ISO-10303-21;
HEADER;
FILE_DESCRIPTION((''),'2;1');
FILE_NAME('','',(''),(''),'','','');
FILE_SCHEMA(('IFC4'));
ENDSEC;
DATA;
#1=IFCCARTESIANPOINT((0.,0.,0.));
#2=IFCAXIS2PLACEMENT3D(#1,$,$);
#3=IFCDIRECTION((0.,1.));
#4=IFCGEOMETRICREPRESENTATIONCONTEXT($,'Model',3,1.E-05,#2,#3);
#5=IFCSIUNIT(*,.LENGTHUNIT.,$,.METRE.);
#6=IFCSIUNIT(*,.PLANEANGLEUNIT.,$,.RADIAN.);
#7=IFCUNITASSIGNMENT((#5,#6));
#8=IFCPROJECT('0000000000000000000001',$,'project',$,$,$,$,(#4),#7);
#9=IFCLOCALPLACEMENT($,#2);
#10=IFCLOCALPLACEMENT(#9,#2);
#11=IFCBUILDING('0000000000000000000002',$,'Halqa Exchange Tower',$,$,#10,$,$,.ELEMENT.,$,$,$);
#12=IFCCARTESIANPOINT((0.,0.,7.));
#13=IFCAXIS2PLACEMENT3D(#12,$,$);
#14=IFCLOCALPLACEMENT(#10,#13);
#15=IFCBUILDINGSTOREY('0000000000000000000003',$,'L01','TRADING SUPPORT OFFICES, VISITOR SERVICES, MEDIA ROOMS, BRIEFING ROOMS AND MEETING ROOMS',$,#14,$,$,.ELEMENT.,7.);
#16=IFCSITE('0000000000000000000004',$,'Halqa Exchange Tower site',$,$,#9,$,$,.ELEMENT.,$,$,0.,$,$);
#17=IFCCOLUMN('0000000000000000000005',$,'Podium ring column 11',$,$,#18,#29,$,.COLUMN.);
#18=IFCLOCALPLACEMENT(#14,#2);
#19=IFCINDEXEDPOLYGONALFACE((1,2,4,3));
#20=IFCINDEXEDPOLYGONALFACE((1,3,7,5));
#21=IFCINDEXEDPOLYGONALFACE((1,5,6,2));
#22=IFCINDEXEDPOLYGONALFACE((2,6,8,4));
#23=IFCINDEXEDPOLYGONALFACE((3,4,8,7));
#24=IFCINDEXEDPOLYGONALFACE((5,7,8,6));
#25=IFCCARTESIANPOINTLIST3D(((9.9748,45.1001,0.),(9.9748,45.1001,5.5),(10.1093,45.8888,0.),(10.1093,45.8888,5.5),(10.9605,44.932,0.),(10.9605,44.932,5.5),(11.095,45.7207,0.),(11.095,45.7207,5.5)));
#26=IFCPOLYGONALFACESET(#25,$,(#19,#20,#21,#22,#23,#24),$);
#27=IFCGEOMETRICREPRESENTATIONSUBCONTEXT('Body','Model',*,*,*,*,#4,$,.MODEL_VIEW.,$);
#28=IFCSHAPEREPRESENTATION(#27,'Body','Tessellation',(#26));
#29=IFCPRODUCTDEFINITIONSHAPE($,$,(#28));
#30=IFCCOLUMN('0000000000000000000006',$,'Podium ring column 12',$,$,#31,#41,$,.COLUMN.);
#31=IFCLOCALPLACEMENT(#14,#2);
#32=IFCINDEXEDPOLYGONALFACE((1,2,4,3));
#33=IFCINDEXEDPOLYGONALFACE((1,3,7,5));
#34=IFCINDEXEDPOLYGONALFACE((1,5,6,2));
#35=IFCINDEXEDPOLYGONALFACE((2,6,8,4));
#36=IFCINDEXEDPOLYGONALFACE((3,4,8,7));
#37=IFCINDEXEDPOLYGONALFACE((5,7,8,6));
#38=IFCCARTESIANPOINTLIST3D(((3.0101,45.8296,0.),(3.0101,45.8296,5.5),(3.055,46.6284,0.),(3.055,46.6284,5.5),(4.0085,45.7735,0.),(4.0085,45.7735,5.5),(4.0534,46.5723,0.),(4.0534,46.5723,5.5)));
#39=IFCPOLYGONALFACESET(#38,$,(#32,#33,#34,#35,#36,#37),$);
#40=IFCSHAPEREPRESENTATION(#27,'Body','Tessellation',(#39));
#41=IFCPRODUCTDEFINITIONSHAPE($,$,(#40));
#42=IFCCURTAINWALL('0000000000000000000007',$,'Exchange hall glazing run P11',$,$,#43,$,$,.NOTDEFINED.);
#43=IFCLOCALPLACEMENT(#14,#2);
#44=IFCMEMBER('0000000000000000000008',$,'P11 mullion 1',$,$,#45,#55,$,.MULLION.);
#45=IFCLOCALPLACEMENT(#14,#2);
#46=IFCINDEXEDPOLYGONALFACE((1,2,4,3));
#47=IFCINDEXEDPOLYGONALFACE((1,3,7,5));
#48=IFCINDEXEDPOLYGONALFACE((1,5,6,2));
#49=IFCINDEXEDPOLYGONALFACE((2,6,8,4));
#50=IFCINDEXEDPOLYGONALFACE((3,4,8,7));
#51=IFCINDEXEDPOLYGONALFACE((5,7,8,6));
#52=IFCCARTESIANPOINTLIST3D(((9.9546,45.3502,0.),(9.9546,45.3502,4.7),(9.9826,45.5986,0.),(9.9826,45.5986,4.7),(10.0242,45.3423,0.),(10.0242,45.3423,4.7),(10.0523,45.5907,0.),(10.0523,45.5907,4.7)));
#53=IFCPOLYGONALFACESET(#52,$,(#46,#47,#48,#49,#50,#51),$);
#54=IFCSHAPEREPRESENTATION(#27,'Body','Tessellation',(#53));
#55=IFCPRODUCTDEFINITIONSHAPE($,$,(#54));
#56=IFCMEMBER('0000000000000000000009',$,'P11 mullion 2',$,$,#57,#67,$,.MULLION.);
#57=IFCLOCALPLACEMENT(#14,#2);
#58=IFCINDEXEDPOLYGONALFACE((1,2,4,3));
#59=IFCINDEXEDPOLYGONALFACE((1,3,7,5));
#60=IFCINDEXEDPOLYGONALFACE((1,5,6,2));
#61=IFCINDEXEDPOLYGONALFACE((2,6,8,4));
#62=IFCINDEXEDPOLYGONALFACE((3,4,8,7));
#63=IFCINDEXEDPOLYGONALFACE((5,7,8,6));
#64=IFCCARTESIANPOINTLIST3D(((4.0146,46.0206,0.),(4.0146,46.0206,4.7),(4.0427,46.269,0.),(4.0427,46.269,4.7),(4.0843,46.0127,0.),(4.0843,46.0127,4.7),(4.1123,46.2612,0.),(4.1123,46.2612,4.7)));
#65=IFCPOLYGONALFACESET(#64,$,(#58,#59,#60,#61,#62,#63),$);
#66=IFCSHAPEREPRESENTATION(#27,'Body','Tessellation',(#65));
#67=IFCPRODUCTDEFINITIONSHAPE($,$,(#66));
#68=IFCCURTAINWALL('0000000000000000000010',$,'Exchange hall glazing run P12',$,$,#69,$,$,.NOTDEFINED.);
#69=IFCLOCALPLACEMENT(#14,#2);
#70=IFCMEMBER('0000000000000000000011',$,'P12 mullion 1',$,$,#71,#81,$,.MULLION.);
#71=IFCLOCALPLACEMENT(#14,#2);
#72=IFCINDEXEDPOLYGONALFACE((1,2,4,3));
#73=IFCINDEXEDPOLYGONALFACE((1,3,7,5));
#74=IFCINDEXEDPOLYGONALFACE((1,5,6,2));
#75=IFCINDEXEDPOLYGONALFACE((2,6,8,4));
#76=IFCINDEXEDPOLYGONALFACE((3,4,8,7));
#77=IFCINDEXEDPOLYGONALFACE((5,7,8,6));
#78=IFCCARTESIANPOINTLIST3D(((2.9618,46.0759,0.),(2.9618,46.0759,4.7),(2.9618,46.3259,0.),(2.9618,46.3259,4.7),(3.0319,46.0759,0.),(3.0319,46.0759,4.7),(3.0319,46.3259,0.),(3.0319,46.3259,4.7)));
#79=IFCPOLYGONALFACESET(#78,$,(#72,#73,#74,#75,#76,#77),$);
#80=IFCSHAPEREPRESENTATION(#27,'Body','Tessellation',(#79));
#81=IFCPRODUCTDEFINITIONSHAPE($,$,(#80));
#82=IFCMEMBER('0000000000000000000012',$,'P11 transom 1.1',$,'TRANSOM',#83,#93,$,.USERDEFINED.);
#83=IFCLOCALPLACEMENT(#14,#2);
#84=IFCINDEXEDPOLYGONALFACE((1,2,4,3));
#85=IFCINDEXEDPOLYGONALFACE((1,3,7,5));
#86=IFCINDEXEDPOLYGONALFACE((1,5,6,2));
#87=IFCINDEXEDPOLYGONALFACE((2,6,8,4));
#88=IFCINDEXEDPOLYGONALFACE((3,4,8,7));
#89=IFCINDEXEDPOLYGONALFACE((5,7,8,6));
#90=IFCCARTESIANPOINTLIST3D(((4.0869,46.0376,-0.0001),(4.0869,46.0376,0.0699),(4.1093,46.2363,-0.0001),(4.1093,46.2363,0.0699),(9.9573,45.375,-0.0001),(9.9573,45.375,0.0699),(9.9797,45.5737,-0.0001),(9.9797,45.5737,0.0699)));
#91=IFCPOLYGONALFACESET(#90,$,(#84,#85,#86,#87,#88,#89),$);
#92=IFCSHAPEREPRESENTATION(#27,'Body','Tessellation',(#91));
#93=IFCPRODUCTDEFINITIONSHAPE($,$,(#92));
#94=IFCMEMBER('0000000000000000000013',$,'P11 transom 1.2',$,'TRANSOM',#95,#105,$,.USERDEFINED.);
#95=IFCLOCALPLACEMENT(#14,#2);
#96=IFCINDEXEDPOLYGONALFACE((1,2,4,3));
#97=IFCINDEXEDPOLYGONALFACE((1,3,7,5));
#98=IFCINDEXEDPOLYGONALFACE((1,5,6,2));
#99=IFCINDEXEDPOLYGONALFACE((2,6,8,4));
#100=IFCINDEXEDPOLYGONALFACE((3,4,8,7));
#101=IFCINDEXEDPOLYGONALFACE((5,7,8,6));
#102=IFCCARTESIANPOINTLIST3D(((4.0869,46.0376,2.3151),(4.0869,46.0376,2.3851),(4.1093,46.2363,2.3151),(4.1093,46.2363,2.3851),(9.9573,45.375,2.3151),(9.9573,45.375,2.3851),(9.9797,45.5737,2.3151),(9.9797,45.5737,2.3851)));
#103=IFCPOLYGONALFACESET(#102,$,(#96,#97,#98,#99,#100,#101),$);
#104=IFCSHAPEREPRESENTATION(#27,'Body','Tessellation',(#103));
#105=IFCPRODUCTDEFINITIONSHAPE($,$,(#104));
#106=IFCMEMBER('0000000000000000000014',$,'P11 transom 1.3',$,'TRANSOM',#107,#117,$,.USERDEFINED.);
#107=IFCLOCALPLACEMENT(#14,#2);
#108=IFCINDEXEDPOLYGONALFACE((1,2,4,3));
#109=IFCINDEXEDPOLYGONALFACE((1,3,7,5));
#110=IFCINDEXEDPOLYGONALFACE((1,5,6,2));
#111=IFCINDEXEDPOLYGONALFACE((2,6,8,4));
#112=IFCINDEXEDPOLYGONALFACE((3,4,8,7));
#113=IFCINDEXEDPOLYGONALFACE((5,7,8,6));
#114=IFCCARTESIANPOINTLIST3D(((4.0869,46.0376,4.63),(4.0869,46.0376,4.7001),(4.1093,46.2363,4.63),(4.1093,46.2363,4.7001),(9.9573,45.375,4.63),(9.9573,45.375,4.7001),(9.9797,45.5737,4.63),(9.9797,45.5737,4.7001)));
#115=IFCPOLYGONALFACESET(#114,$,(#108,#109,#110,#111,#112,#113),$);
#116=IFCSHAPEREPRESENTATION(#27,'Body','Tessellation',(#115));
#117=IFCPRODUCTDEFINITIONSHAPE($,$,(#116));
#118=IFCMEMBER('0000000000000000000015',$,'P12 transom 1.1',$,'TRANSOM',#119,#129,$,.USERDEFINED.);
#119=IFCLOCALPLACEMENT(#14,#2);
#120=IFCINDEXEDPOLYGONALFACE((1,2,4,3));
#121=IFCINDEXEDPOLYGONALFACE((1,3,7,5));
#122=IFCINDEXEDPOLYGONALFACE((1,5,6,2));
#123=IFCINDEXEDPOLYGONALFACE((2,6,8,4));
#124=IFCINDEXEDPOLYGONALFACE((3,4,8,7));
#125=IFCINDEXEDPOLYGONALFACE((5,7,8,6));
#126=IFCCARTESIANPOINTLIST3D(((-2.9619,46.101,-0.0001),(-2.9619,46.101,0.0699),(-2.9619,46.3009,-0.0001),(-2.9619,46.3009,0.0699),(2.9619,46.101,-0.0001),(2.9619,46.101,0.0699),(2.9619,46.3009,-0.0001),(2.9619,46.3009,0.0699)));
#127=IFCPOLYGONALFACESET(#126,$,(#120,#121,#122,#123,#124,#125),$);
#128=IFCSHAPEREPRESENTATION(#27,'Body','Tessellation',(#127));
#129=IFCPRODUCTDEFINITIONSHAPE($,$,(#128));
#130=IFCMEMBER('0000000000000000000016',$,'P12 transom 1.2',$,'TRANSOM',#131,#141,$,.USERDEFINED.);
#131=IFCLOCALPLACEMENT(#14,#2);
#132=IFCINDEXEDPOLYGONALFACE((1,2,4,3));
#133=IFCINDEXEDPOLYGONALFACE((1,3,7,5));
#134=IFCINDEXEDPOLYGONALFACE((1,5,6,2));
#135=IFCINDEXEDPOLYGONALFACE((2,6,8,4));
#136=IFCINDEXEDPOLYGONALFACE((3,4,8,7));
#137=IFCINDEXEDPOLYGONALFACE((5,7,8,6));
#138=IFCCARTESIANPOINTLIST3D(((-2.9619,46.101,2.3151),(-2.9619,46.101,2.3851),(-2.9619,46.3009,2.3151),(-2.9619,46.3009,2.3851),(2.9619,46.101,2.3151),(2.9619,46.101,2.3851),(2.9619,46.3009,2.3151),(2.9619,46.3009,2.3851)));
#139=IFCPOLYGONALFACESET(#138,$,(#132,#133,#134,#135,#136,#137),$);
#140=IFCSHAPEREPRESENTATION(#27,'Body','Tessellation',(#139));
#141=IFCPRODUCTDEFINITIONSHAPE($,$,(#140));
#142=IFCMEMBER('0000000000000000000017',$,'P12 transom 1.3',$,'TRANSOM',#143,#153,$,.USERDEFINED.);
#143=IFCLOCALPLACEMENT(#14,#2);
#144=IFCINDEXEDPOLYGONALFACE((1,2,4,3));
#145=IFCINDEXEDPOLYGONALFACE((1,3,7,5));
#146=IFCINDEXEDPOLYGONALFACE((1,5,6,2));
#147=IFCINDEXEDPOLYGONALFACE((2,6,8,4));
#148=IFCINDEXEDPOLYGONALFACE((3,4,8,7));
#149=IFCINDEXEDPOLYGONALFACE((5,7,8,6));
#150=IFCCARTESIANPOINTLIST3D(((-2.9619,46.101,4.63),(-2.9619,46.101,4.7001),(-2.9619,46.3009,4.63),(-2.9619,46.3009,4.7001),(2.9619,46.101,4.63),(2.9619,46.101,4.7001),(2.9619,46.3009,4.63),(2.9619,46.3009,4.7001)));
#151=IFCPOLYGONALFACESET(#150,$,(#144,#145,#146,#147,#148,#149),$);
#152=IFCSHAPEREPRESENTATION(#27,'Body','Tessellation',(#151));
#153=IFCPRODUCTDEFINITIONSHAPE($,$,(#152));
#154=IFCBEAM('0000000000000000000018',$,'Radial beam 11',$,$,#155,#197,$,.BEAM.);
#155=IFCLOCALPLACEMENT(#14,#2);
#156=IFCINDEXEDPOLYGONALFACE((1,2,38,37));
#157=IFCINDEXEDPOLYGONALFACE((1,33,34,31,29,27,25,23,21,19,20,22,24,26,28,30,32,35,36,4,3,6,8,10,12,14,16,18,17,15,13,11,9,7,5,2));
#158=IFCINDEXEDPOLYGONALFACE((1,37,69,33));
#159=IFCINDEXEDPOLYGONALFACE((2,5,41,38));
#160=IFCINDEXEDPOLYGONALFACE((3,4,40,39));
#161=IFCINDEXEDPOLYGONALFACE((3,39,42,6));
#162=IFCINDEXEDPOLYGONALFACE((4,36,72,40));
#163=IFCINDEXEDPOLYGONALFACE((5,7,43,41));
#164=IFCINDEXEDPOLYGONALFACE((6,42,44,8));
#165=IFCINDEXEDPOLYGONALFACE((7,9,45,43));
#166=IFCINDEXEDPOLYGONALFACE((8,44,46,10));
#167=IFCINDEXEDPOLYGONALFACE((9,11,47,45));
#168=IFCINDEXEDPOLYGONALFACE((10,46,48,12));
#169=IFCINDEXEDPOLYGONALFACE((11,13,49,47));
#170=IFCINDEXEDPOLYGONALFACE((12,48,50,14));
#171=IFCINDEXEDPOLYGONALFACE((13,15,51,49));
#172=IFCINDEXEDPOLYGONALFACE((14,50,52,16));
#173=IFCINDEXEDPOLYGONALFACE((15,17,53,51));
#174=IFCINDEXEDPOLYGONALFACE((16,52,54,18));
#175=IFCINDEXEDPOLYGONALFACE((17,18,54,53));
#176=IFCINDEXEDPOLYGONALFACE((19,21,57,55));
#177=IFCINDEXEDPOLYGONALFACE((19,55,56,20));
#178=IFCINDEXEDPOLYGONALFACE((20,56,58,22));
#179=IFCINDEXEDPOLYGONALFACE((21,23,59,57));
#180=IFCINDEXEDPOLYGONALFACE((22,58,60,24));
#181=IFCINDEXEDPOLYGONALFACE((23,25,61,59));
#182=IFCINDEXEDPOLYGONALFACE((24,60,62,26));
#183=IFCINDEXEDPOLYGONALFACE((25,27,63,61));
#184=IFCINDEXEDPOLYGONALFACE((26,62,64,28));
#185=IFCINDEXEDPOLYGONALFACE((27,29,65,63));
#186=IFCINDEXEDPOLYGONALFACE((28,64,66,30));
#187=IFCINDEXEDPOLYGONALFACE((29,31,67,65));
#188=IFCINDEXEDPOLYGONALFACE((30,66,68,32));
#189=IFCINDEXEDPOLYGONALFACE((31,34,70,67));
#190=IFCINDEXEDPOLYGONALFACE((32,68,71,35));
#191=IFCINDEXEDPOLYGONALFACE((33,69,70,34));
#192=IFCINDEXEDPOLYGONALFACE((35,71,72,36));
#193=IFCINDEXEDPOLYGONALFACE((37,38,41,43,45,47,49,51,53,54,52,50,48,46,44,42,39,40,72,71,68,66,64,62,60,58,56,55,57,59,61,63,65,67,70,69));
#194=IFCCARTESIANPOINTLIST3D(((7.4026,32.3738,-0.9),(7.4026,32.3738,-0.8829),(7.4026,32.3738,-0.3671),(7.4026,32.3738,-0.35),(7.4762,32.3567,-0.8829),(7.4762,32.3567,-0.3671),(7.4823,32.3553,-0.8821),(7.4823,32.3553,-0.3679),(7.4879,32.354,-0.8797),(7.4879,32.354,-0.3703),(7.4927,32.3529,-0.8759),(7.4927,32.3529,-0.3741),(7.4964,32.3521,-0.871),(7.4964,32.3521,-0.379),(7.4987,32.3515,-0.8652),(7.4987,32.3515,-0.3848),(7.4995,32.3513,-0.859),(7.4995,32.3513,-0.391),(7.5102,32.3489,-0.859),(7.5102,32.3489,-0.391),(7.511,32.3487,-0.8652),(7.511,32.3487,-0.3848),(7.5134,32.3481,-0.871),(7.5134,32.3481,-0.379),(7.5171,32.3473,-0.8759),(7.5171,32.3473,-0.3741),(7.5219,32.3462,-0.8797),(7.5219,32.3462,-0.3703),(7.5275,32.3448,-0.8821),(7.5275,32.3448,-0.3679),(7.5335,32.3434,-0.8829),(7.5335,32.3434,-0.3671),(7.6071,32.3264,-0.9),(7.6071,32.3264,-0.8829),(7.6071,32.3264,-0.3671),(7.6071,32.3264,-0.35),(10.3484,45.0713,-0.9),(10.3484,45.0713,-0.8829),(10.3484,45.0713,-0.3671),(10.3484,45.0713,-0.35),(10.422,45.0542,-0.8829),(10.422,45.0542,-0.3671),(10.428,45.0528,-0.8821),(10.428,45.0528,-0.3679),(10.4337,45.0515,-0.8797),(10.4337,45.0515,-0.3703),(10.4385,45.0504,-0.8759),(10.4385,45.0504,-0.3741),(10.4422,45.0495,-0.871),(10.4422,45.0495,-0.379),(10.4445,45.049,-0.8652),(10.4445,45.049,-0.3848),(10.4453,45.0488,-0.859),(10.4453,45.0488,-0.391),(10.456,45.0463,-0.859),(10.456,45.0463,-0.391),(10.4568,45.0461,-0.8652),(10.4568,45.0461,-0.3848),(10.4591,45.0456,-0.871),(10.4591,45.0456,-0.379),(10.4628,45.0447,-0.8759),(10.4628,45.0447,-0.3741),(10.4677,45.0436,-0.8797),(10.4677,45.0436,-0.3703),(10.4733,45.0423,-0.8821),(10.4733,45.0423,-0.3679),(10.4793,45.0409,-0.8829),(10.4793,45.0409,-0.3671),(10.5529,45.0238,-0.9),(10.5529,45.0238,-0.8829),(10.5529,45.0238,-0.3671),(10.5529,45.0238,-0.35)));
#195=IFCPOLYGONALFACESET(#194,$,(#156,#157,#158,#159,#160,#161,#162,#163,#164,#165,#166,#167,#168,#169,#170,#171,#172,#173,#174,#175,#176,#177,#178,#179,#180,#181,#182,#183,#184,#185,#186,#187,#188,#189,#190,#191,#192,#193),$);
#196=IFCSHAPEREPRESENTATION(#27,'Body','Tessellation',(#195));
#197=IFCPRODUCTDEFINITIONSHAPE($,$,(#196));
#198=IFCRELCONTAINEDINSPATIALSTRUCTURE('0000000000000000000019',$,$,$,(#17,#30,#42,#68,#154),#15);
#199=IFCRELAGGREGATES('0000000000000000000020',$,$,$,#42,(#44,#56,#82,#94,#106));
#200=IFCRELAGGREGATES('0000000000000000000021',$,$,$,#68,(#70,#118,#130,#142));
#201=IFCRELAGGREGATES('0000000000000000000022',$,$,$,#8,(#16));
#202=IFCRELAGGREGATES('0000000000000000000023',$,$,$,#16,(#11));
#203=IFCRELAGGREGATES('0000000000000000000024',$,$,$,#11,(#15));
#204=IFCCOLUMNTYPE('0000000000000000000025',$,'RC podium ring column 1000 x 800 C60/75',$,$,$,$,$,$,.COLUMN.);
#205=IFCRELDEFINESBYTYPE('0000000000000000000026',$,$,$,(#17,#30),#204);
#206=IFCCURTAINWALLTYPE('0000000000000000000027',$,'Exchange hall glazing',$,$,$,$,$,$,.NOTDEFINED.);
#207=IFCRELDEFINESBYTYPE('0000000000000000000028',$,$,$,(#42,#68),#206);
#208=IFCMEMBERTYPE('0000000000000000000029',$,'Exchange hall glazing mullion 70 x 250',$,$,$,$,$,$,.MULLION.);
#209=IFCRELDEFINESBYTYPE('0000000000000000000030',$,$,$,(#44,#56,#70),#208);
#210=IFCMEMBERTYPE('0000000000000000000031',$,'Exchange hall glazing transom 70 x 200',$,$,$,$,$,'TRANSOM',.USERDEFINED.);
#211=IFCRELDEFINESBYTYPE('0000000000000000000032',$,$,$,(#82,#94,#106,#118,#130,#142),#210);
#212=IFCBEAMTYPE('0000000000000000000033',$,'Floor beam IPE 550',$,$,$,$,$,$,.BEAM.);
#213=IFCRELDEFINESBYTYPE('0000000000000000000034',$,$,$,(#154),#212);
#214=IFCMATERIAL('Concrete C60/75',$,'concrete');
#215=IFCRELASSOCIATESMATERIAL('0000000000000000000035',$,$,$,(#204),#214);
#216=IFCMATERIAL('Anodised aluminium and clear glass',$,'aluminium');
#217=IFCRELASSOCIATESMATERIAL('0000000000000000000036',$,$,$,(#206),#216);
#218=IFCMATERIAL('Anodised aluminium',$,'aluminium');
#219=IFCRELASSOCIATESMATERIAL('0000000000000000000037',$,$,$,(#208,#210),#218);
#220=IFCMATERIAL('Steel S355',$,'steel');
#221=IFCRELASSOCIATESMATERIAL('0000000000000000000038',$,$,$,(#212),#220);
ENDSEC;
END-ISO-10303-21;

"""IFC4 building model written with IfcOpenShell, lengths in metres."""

from ifc_helpers import new_model, si_unit, direction, frame, origin, origin_2d, place, context, subcontext, project, spatial, rectangle, i_section, extrude, material, material_profile, profile_set, type_object, element, aggregate, save


model = new_model("IFC4")

# Units and contexts
model_context = context("Model", 3, precision=1e-05, world=origin(), true_north=direction((0.0, 1.0)))
body_context = subcontext(model_context, "Body", "Model", "MODEL_VIEW")
ifc_project = project(units=[si_unit("LENGTHUNIT", "METRE"), si_unit("PLANEANGLEUNIT", "RADIAN")], contexts=[model_context])

# Site, building, storey
site_placement = place(None, origin())
site = spatial("IfcSite", under=ifc_project, at=site_placement, Name="Halqa Exchange Tower site", CompositionType="ELEMENT", RefElevation=0.0)
building_placement = place(site_placement, origin())
building = spatial("IfcBuilding", under=site, at=building_placement, Name="Halqa Exchange Tower", CompositionType="ELEMENT")
storey_placement = place(building_placement, frame((0.0, 0.0, 7.0)))
storey = spatial("IfcBuildingStorey", under=building, at=storey_placement, Name="L01", Description="TRADING SUPPORT OFFICES, VISITOR SERVICES, MEDIA ROOMS, BRIEFING ROOMS AND MEETING ROOMS", CompositionType="ELEMENT", Elevation=7.0)

# Columns
ifc_material_1 = material(Name="Concrete C60/75", Category="concrete")
ifc_material_profile_1 = material_profile(ifc_material_1, rectangle(XDim=1.0, YDim=0.8, at=origin_2d()), Name="1000 x 800")
ifc_profile_set_1 = profile_set([ifc_material_profile_1], Name="Concrete C60/75")
column_type = type_object("IfcColumnType", Name="RC podium ring column 1000 x 800 C60/75", PredefinedType="COLUMN", material=ifc_profile_set_1)
for number, where, z_axis, x_axis, name in (
    (1, (10.5349, 45.4104, 0.0), (0.0, 0.0, 1.0), (-0.985766, 0.168121, 0.0), "Podium ring column 11"),
    (2, (3.5317, 46.2009, 0.0), (0.0, 0.0, 1.0), (-0.998425, 0.056107, 0.0), "Podium ring column 12"),
):
    element("IfcColumn", number, at=place(storey_placement, frame(where, z_axis=z_axis, x_axis=x_axis)), inside=storey, type_object=column_type, Name=name, PredefinedType="COLUMN", context=body_context, shape_type="SweptSolid", body=[
        extrude(rectangle(XDim=1.0, YDim=0.8, at=origin_2d()), origin(), (0.0, 0.0, 1.0), 5.5),
    ])

# Curtain wall, members
ifc_material_2 = material(Name="Anodised aluminium and clear glass", Category="aluminium")
curtain_wall_type = type_object("IfcCurtainWallType", Name="Exchange hall glazing", PredefinedType="NOTDEFINED", material=ifc_material_2)
curtain_wall_1_placement = place(storey_placement, origin())
curtain_wall_1 = element("IfcCurtainWall", 3, at=curtain_wall_1_placement, inside=storey, type_object=curtain_wall_type, Name="Exchange hall glazing run P11", PredefinedType="NOTDEFINED")
ifc_material_3 = material(Name="Anodised aluminium", Category="aluminium")
ifc_material_profile_2 = material_profile(ifc_material_3, rectangle(XDim=0.25, YDim=0.0701, at=origin_2d()), Name="AL 70x250")
ifc_profile_set_2 = profile_set([ifc_material_profile_2], Name="Anodised aluminium")
member_type_1 = type_object("IfcMemberType", Name="Exchange hall glazing mullion 70 x 250", PredefinedType="MULLION", material=ifc_profile_set_2)
member_1_placement = place(storey_placement, frame((10.0034, 45.4705, 0.0), z_axis=(0.0, 0.0, 1.0), x_axis=(-0.112159, -0.99369, 0.0)))
member_1 = element("IfcMember", 4, at=member_1_placement, type_object=member_type_1, Name="P11 mullion 1", PredefinedType="MULLION", context=body_context, shape_type="SweptSolid", body=[
    extrude(rectangle(XDim=0.25, YDim=0.0701, at=origin_2d()), origin(), (0.0, 0.0, 1.0), 4.7),
])
member_2_placement = place(storey_placement, frame((4.0635, 46.1409, 0.0), z_axis=(0.0, 0.0, 1.0), x_axis=(-0.112159, -0.99369, 0.0)))
member_2 = element("IfcMember", 5, at=member_2_placement, type_object=member_type_1, Name="P11 mullion 2", PredefinedType="MULLION", context=body_context, shape_type="SweptSolid", body=[
    extrude(rectangle(XDim=0.25, YDim=0.0701, at=origin_2d()), origin(), (0.0, 0.0, 1.0), 4.7),
])

# Curtain wall, member
curtain_wall_2_placement = place(storey_placement, origin())
curtain_wall_2 = element("IfcCurtainWall", 6, at=curtain_wall_2_placement, inside=storey, type_object=curtain_wall_type, Name="Exchange hall glazing run P12", PredefinedType="NOTDEFINED")
member_3_placement = place(storey_placement, frame((2.9968, 46.2009, 0.0), z_axis=(0.0, 0.0, 1.0), x_axis=(0.0, -1.0, 0.0)))
member_3 = element("IfcMember", 7, at=member_3_placement, type_object=member_type_1, Name="P12 mullion 1", PredefinedType="MULLION", context=body_context, shape_type="SweptSolid", body=[
    extrude(rectangle(XDim=0.25, YDim=0.0701, at=origin_2d()), origin(), (0.0, 0.0, 1.0), 4.7),
])

# Members
ifc_material_profile_3 = material_profile(ifc_material_3, rectangle(XDim=0.2, YDim=0.0701, at=origin_2d()), Name="AL 70x200")
ifc_profile_set_3 = profile_set([ifc_material_profile_3], Name="Anodised aluminium")
member_type_2 = type_object("IfcMemberType", Name="Exchange hall glazing transom 70 x 200", ElementType="TRANSOM", PredefinedType="USERDEFINED", material=ifc_profile_set_3)
member_4_placement = place(storey_placement, frame((9.9685, 45.4744, 0.0349), z_axis=(-0.99369, 0.11216, 0.0), x_axis=(-0.11216, -0.99369, 0.0)))
member_4 = element("IfcMember", 8, at=member_4_placement, type_object=member_type_2, Name="P11 transom 1.1", ObjectType="TRANSOM", PredefinedType="USERDEFINED", context=body_context, shape_type="SweptSolid", body=[
    extrude(rectangle(XDim=0.2, YDim=0.0701, at=origin_2d()), origin(), (0.0, 0.0, 1.0), 5.9077),
])
member_5_placement = place(storey_placement, frame((9.9685, 45.4744, 2.3501), z_axis=(-0.99369, 0.11216, 0.0), x_axis=(-0.11216, -0.99369, 0.0)))
member_5 = element("IfcMember", 9, at=member_5_placement, type_object=member_type_2, Name="P11 transom 1.2", ObjectType="TRANSOM", PredefinedType="USERDEFINED", context=body_context, shape_type="SweptSolid", body=[
    extrude(rectangle(XDim=0.2, YDim=0.0701, at=origin_2d()), origin(), (0.0, 0.0, 1.0), 5.9077),
])
member_6_placement = place(storey_placement, frame((9.9685, 45.4744, 4.665), z_axis=(-0.99369, 0.11216, 0.0), x_axis=(-0.11216, -0.99369, 0.0)))
member_6 = element("IfcMember", 10, at=member_6_placement, type_object=member_type_2, Name="P11 transom 1.3", ObjectType="TRANSOM", PredefinedType="USERDEFINED", context=body_context, shape_type="SweptSolid", body=[
    extrude(rectangle(XDim=0.2, YDim=0.0701, at=origin_2d()), origin(), (0.0, 0.0, 1.0), 5.9077),
])
member_7_placement = place(storey_placement, frame((2.9619, 46.2009, 0.0349), z_axis=(-1.0, 0.0, 0.0), x_axis=(0.0, -1.0, 0.0)))
member_7 = element("IfcMember", 11, at=member_7_placement, type_object=member_type_2, Name="P12 transom 1.1", ObjectType="TRANSOM", PredefinedType="USERDEFINED", context=body_context, shape_type="SweptSolid", body=[
    extrude(rectangle(XDim=0.2, YDim=0.0701, at=origin_2d()), origin(), (0.0, 0.0, 1.0), 5.9238),
])
member_8_placement = place(storey_placement, frame((2.9619, 46.2009, 2.3501), z_axis=(-1.0, 0.0, 0.0), x_axis=(0.0, -1.0, 0.0)))
member_8 = element("IfcMember", 12, at=member_8_placement, type_object=member_type_2, Name="P12 transom 1.2", ObjectType="TRANSOM", PredefinedType="USERDEFINED", context=body_context, shape_type="SweptSolid", body=[
    extrude(rectangle(XDim=0.2, YDim=0.0701, at=origin_2d()), origin(), (0.0, 0.0, 1.0), 5.9238),
])
member_9_placement = place(storey_placement, frame((2.9619, 46.2009, 4.665), z_axis=(-1.0, 0.0, 0.0), x_axis=(0.0, -1.0, 0.0)))
member_9 = element("IfcMember", 13, at=member_9_placement, type_object=member_type_2, Name="P12 transom 1.3", ObjectType="TRANSOM", PredefinedType="USERDEFINED", context=body_context, shape_type="SweptSolid", body=[
    extrude(rectangle(XDim=0.2, YDim=0.0701, at=origin_2d()), origin(), (0.0, 0.0, 1.0), 5.9238),
])

# Beam
ifc_material_4 = material(Name="Steel S355", Category="steel")
ifc_material_profile_4 = material_profile(ifc_material_4, i_section(OverallWidth=0.21, OverallDepth=0.55, WebThickness=0.011, FlangeThickness=0.0171, FilletRadius=0.0239, at=origin_2d()), Name="IPE 550")
ifc_profile_set_4 = profile_set([ifc_material_profile_4], Name="Steel S355")
beam_type_1 = type_object("IfcBeamType", Name="Floor beam IPE 550", PredefinedType="BEAM", material=ifc_profile_set_4)
beam_1_placement = place(storey_placement, frame((7.5049, 32.3501, -0.625), z_axis=(0.225996, 0.974128, 0.0), x_axis=(-0.974128, 0.225996, 0.0)))
element("IfcBeam", 14, at=beam_1_placement, inside=storey, type_object=beam_type_1, Name="Radial beam 11", PredefinedType="BEAM", context=body_context, shape_type="SweptSolid", body=[
    extrude(i_section(OverallWidth=0.21, OverallDepth=0.55, WebThickness=0.011, FlangeThickness=0.0171, FilletRadius=0.0239, at=origin_2d()), origin(), (0.0, 0.0, 1.0), 13.0347),
])

aggregate(curtain_wall_1, [member_1, member_2, member_4, member_5, member_6])
aggregate(curtain_wall_2, [member_3, member_7, member_8, member_9])

save(model, "model.ifc")
